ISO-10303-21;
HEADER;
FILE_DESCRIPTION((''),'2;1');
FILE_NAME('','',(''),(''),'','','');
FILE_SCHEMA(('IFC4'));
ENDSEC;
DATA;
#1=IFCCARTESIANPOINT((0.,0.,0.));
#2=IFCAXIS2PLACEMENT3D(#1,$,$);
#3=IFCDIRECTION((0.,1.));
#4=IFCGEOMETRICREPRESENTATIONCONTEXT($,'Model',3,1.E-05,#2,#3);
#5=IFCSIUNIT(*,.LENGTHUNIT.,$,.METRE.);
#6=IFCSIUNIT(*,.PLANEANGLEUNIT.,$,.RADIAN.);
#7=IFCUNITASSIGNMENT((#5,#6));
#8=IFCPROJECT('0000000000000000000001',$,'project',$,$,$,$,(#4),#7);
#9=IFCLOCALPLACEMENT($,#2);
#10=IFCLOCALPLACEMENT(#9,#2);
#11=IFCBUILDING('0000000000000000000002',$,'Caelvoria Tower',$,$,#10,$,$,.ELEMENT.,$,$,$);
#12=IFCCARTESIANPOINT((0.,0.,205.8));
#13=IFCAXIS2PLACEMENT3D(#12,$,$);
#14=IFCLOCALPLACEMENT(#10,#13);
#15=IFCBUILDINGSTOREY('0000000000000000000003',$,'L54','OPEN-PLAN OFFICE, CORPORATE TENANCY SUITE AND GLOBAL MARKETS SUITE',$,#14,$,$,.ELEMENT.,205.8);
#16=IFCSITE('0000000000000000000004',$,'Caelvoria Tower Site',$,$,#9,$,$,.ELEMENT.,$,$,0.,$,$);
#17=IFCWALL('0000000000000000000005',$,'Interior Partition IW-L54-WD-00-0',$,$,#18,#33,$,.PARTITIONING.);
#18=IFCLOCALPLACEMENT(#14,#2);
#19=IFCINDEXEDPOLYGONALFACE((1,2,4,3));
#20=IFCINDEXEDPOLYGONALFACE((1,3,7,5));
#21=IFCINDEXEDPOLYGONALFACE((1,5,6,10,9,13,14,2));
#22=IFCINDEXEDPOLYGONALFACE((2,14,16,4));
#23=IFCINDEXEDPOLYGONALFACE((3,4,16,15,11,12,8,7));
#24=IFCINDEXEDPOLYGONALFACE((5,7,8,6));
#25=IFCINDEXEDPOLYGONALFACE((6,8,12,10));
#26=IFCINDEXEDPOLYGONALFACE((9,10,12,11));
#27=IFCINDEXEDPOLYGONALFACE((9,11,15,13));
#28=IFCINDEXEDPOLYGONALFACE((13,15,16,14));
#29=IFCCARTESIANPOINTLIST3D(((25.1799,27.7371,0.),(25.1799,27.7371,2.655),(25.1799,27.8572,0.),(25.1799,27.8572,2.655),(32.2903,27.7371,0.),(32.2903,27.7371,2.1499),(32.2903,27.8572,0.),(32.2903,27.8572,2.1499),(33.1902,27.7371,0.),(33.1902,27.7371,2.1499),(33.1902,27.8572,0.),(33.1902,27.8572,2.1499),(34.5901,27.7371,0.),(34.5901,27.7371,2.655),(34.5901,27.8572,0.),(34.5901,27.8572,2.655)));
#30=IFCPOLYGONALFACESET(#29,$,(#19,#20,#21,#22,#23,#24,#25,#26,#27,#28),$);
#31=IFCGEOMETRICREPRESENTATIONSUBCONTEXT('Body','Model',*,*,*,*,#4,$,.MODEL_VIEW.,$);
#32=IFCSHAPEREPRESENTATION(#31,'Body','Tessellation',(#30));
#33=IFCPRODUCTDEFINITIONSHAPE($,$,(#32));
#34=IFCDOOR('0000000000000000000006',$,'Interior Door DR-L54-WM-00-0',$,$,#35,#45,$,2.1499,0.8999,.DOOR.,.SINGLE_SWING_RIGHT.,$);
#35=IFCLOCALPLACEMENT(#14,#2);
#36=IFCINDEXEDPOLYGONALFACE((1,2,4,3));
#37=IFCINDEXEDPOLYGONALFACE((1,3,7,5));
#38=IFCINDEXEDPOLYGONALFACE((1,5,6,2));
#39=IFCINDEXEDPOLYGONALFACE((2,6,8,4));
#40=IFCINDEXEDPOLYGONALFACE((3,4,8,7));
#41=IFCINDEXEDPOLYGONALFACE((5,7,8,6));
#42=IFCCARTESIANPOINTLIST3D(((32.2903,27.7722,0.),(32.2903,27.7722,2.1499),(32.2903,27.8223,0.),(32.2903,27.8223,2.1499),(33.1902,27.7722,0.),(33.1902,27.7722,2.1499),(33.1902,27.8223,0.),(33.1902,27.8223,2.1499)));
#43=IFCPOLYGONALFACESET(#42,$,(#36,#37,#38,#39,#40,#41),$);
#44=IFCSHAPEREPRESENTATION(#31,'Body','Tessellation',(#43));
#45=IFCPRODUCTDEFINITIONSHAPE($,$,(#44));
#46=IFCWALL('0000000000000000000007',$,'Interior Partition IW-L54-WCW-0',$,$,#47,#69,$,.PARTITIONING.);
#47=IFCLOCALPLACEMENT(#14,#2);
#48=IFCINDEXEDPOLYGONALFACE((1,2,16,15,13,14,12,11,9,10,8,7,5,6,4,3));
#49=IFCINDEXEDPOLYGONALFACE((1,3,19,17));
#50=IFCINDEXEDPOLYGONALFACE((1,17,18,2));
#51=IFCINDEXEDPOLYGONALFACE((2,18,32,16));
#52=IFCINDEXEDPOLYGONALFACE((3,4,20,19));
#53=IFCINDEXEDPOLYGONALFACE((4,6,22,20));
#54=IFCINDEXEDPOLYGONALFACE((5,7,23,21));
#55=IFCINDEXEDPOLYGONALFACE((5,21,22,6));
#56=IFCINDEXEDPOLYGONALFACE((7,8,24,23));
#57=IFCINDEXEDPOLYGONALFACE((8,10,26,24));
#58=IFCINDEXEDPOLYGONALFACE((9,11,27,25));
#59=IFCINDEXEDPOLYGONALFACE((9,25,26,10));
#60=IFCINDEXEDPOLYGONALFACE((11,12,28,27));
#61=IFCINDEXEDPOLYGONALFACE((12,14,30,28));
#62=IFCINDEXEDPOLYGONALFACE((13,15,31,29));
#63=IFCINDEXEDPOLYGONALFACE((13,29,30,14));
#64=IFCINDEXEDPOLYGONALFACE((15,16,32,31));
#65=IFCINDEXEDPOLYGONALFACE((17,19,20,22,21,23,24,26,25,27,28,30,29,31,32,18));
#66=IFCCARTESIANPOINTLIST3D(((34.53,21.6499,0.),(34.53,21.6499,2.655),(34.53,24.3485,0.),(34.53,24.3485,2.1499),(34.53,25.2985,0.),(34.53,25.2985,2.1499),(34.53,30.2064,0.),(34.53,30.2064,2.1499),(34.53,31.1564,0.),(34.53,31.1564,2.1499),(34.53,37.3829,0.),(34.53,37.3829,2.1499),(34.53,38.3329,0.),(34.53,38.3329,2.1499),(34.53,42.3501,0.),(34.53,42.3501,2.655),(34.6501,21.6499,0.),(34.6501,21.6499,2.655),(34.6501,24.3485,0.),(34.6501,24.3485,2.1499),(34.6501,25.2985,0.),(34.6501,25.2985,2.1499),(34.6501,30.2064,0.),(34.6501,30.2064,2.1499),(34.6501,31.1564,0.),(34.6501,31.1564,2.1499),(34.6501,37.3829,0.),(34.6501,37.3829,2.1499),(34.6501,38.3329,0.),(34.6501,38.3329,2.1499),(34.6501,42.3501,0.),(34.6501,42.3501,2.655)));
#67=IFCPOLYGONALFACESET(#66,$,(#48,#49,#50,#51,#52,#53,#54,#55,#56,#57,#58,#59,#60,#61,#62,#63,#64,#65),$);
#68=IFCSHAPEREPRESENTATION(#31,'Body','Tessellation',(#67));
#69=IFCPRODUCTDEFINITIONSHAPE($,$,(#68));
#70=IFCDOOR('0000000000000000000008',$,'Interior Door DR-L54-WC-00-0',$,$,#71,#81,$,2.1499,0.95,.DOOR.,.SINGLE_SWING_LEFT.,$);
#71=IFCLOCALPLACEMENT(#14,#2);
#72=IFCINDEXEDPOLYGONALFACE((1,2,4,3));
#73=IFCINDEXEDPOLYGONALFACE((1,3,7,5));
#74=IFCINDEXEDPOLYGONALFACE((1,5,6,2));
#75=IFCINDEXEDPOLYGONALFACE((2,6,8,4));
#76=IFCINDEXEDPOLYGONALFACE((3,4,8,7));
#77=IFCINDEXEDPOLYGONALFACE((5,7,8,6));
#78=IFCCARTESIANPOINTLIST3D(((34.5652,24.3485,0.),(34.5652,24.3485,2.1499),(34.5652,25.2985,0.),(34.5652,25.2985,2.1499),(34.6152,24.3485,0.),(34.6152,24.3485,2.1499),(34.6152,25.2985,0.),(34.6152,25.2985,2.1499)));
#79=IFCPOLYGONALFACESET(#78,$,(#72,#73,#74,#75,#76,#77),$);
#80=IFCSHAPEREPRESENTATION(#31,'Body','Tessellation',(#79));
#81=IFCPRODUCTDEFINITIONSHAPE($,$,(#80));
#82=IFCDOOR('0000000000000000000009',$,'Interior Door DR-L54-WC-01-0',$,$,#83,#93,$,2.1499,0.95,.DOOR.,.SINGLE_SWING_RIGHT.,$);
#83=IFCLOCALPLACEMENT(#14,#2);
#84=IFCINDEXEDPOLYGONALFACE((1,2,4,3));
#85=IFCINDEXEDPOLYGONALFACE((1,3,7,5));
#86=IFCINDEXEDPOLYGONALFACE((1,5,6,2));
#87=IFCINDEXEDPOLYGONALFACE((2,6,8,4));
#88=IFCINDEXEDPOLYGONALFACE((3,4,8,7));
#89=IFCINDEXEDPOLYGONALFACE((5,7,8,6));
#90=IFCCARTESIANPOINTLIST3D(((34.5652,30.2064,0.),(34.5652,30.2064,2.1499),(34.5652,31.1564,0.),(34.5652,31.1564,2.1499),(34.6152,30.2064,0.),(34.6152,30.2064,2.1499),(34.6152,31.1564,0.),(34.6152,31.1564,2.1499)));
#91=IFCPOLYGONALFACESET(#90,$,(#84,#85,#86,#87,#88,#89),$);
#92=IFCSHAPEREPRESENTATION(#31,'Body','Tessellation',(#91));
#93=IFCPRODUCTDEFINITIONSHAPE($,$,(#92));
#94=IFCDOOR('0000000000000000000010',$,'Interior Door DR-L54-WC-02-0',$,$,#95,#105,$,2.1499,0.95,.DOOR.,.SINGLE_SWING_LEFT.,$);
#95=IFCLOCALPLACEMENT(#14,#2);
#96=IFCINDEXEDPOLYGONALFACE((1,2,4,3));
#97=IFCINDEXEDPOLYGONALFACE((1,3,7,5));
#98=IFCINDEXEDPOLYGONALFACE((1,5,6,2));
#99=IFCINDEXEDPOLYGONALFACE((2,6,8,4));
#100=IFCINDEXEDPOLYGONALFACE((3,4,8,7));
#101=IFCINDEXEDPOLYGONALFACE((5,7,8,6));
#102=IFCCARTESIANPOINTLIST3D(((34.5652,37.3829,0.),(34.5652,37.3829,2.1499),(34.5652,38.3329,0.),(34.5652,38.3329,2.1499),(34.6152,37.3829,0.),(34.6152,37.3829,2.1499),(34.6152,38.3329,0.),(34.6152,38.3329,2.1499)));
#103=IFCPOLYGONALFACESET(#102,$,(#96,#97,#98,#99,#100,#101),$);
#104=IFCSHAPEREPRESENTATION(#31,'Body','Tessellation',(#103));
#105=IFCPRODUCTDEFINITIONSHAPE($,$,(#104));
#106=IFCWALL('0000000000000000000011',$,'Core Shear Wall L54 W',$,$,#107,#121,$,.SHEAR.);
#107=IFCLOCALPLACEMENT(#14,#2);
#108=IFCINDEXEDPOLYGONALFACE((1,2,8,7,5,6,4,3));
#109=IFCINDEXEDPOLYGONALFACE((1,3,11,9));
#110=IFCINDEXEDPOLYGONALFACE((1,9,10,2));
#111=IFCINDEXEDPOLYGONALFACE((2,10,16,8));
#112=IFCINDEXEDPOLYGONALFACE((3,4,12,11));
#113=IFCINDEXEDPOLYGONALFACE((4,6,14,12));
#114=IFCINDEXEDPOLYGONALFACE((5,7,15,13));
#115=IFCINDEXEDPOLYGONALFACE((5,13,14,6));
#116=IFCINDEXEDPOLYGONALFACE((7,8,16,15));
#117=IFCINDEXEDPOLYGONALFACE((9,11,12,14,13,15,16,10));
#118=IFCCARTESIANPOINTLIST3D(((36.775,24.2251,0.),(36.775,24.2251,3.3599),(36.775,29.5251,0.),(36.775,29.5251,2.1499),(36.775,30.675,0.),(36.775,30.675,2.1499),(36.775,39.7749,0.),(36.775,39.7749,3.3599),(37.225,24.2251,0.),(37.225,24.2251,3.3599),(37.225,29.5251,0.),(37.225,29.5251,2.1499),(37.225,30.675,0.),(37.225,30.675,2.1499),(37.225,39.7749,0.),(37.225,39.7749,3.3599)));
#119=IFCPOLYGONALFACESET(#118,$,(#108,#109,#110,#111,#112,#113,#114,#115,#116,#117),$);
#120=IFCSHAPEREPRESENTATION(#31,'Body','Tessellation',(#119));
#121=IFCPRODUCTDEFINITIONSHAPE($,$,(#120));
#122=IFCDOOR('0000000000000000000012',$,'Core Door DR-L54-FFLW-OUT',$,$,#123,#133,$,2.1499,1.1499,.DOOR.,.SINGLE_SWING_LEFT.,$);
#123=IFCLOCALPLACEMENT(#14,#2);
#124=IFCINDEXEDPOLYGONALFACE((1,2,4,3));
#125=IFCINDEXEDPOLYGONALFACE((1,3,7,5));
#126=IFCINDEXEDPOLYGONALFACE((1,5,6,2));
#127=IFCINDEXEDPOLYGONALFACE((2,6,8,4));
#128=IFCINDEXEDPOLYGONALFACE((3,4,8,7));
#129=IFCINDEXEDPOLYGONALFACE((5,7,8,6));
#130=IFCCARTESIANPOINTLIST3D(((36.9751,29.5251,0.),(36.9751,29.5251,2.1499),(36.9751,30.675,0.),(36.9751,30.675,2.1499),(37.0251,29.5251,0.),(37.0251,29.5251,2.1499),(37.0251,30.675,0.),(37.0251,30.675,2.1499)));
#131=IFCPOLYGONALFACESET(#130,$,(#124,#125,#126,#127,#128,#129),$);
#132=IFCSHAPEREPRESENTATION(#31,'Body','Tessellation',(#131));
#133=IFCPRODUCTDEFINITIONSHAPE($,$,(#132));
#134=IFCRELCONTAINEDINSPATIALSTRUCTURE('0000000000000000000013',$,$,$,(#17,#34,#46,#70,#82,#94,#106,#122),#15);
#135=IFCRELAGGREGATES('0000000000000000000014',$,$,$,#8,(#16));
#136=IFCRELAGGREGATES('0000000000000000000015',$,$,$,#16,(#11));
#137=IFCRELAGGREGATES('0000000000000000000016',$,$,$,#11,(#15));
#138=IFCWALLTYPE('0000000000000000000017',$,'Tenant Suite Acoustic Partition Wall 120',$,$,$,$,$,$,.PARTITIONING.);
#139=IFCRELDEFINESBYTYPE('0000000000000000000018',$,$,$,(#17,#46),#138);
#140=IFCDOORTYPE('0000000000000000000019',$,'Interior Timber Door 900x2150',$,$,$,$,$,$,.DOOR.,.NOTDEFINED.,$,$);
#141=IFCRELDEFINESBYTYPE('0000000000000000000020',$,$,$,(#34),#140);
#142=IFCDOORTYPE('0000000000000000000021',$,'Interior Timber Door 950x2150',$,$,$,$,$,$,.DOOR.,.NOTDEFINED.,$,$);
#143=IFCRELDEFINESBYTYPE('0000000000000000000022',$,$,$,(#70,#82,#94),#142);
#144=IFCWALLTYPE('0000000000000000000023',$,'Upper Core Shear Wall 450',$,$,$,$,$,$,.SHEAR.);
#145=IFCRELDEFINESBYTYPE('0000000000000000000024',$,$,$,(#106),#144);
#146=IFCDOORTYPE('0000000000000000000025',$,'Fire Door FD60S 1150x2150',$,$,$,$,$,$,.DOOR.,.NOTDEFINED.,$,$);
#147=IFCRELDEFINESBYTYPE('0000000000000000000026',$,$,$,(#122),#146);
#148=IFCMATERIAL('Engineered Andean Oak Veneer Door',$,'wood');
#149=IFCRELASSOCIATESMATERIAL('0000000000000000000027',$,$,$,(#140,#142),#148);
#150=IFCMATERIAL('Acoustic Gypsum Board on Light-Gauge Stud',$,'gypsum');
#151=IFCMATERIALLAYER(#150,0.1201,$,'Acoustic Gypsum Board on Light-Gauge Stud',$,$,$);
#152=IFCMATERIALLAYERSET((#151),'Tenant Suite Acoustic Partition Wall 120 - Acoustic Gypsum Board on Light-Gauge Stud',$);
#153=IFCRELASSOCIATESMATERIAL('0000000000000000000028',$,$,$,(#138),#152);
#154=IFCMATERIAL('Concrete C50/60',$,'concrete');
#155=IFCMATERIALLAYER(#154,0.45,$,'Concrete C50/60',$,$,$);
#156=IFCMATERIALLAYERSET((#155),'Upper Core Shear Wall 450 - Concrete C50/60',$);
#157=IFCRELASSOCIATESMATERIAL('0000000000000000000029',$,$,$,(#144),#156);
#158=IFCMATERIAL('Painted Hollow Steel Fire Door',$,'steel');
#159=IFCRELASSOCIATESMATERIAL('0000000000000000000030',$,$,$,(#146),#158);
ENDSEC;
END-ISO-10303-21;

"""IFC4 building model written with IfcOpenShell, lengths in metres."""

from ifc_helpers import new_model, si_unit, direction, frame, frame_2d, origin, place, context, subcontext, project, spatial, rectangle, extrude, material, layer, layer_set, type_object, element, fill, save


model = new_model("IFC4")

# Units and contexts
model_context = context("Model", 3, precision=1e-05, world=origin(), true_north=direction((0.0, 1.0)))
body_context = subcontext(model_context, "Body", "Model", "MODEL_VIEW")
ifc_project = project(units=[si_unit("LENGTHUNIT", "METRE"), si_unit("PLANEANGLEUNIT", "RADIAN")], contexts=[model_context])

# Site, building, storey
site_placement = place(None, origin())
site = spatial("IfcSite", under=ifc_project, at=site_placement, Name="Caelvoria Tower Site", CompositionType="ELEMENT", RefElevation=0.0)
building_placement = place(site_placement, origin())
building = spatial("IfcBuilding", under=site, at=building_placement, Name="Caelvoria Tower", CompositionType="ELEMENT")
storey_placement = place(building_placement, frame((0.0, 0.0, 205.8)))
storey = spatial("IfcBuildingStorey", under=building, at=storey_placement, Name="L54", Description="OPEN-PLAN OFFICE, CORPORATE TENANCY SUITE AND GLOBAL MARKETS SUITE", CompositionType="ELEMENT", Elevation=205.8)

# Shared definitions
ifc_material_1 = material(Name="Concrete C50/60", Category="concrete")
ifc_material_2 = material(Name="Painted Hollow Steel Fire Door", Category="steel")

# Shared definitions
ifc_material_3 = material(Name="Engineered Andean Oak Veneer Door", Category="wood")
door_type_1 = type_object("IfcDoorType", Name="Interior Timber Door 900x2150", OperationType="NOTDEFINED", PredefinedType="DOOR", material=ifc_material_3)

# Wall, opening, door
ifc_material_4 = material(Name="Acoustic Gypsum Board on Light-Gauge Stud", Category="gypsum")
ifc_layer_1 = layer(ifc_material_4, 0.1201, Name="Acoustic Gypsum Board on Light-Gauge Stud")
ifc_layer_set_1 = layer_set([ifc_layer_1], Name="Tenant Suite Acoustic Partition Wall 120 - Acoustic Gypsum Board on Light-Gauge Stud")
wall_type_1 = type_object("IfcWallType", Name="Tenant Suite Acoustic Partition Wall 120", PredefinedType="PARTITIONING", material=ifc_layer_set_1)
wall_1_placement = place(storey_placement, frame((34.5901, 27.7971, 0.0), z_axis=(0.0, 0.0, 1.0), x_axis=(-1.0, 0.0, 0.0)))
wall_1 = element("IfcWall", 1, at=wall_1_placement, inside=storey, type_object=wall_type_1, Name="Interior Partition IW-L54-WD-00-0", PredefinedType="PARTITIONING", context=body_context, shape_type="SweptSolid", body=[
    extrude(rectangle(XDim=9.4102, YDim=0.1201, at=frame_2d((4.7051, 0.0))), origin(), (0.0, 0.0, 1.0), 2.655),
])
opening_1_placement = place(wall_1_placement, frame((1.3999, 0.0, 0.0)))
opening_1 = element("IfcOpeningElement", 2, at=opening_1_placement, cuts=wall_1, PredefinedType="OPENING", context=body_context, shape_type="SweptSolid", body=[
    extrude(rectangle(XDim=0.8999, YDim=2.1499, at=frame_2d((0.45, 1.075))), frame((0.0, 0.0701, 0.0), z_axis=(0.0, -1.0, 0.0), x_axis=(1.0, 0.0, 0.0)), (0.0, 0.0, 1.0), 0.1401),
])
door_1_placement = place(opening_1_placement, origin())
door_1 = element("IfcDoor", 3, at=door_1_placement, inside=storey, type_object=door_type_1, Name="Interior Door DR-L54-WM-00-0", OperationType="SINGLE_SWING_RIGHT", OverallHeight=2.1499, OverallWidth=0.8999, PredefinedType="DOOR", context=body_context, shape_type="SweptSolid", body=[
    extrude(rectangle(XDim=0.8999, YDim=2.1499, at=frame_2d((0.45, 1.075))), frame((0.0, 0.0249, 0.0), z_axis=(0.0, -1.0, 0.0), x_axis=(1.0, 0.0, 0.0)), (0.0, 0.0, 1.0), 0.05),
])
fill(opening_1, door_1)

# Wall, openings, doors
wall_2_placement = place(storey_placement, frame((34.5901, 21.6499, 0.0), z_axis=(0.0, 0.0, 1.0), x_axis=(0.0, 1.0, 0.0)))
wall_2 = element("IfcWall", 4, at=wall_2_placement, inside=storey, type_object=wall_type_1, Name="Interior Partition IW-L54-WCW-0", PredefinedType="PARTITIONING", context=body_context, shape_type="SweptSolid", body=[
    extrude(rectangle(XDim=20.7002, YDim=0.1201, at=frame_2d((10.3501, 0.0))), origin(), (0.0, 0.0, 1.0), 2.655),
])
opening_2_placement = place(wall_2_placement, frame((2.6985, 0.0, 0.0)))
opening_2 = element("IfcOpeningElement", 5, at=opening_2_placement, cuts=wall_2, PredefinedType="OPENING", context=body_context, shape_type="SweptSolid", body=[
    extrude(rectangle(XDim=0.95, YDim=2.1499, at=frame_2d((0.4751, 1.075))), frame((0.0, 0.0701, 0.0), z_axis=(0.0, -1.0, 0.0), x_axis=(1.0, 0.0, 0.0)), (0.0, 0.0, 1.0), 0.1401),
])
opening_3_placement = place(wall_2_placement, frame((8.5564, 0.0, 0.0)))
opening_3 = element("IfcOpeningElement", 6, at=opening_3_placement, cuts=wall_2, PredefinedType="OPENING", context=body_context, shape_type="SweptSolid", body=[
    extrude(rectangle(XDim=0.95, YDim=2.1499, at=frame_2d((0.4751, 1.075))), frame((0.0, 0.0701, 0.0), z_axis=(0.0, -1.0, 0.0), x_axis=(1.0, 0.0, 0.0)), (0.0, 0.0, 1.0), 0.1401),
])
opening_4_placement = place(wall_2_placement, frame((15.7329, 0.0, 0.0)))
opening_4 = element("IfcOpeningElement", 7, at=opening_4_placement, cuts=wall_2, PredefinedType="OPENING", context=body_context, shape_type="SweptSolid", body=[
    extrude(rectangle(XDim=0.95, YDim=2.1499, at=frame_2d((0.4751, 1.075))), frame((0.0, 0.0701, 0.0), z_axis=(0.0, -1.0, 0.0), x_axis=(1.0, 0.0, 0.0)), (0.0, 0.0, 1.0), 0.1401),
])
door_type_2 = type_object("IfcDoorType", Name="Interior Timber Door 950x2150", OperationType="NOTDEFINED", PredefinedType="DOOR", material=ifc_material_3)
door_2_placement = place(opening_2_placement, origin())
door_2 = element("IfcDoor", 8, at=door_2_placement, inside=storey, type_object=door_type_2, Name="Interior Door DR-L54-WC-00-0", OperationType="SINGLE_SWING_LEFT", OverallHeight=2.1499, OverallWidth=0.95, PredefinedType="DOOR", context=body_context, shape_type="SweptSolid", body=[
    extrude(rectangle(XDim=0.95, YDim=2.1499, at=frame_2d((0.4751, 1.075))), frame((0.0, 0.0249, 0.0), z_axis=(0.0, -1.0, 0.0), x_axis=(1.0, 0.0, 0.0)), (0.0, 0.0, 1.0), 0.05),
])
fill(opening_2, door_2)
door_3_placement = place(opening_3_placement, origin())
door_3 = element("IfcDoor", 9, at=door_3_placement, inside=storey, type_object=door_type_2, Name="Interior Door DR-L54-WC-01-0", OperationType="SINGLE_SWING_RIGHT", OverallHeight=2.1499, OverallWidth=0.95, PredefinedType="DOOR", context=body_context, shape_type="SweptSolid", body=[
    extrude(rectangle(XDim=0.95, YDim=2.1499, at=frame_2d((0.4751, 1.075))), frame((0.0, 0.0249, 0.0), z_axis=(0.0, -1.0, 0.0), x_axis=(1.0, 0.0, 0.0)), (0.0, 0.0, 1.0), 0.05),
])
fill(opening_3, door_3)
door_4_placement = place(opening_4_placement, origin())
door_4 = element("IfcDoor", 10, at=door_4_placement, inside=storey, type_object=door_type_2, Name="Interior Door DR-L54-WC-02-0", OperationType="SINGLE_SWING_LEFT", OverallHeight=2.1499, OverallWidth=0.95, PredefinedType="DOOR", context=body_context, shape_type="SweptSolid", body=[
    extrude(rectangle(XDim=0.95, YDim=2.1499, at=frame_2d((0.4751, 1.075))), frame((0.0, 0.0249, 0.0), z_axis=(0.0, -1.0, 0.0), x_axis=(1.0, 0.0, 0.0)), (0.0, 0.0, 1.0), 0.05),
])
fill(opening_4, door_4)

# Wall, opening, door
ifc_layer_2 = layer(ifc_material_1, 0.45, Name="Concrete C50/60")
ifc_layer_set_2 = layer_set([ifc_layer_2], Name="Upper Core Shear Wall 450 - Concrete C50/60")
wall_type_2 = type_object("IfcWallType", Name="Upper Core Shear Wall 450", PredefinedType="SHEAR", material=ifc_layer_set_2)
wall_3_placement = place(storey_placement, frame((37.0, 24.2251, 0.0), z_axis=(0.0, 0.0, 1.0), x_axis=(0.0, 1.0, 0.0)))
wall_3 = element("IfcWall", 11, at=wall_3_placement, inside=storey, type_object=wall_type_2, Name="Core Shear Wall L54 W", PredefinedType="SHEAR", context=body_context, shape_type="SweptSolid", body=[
    extrude(rectangle(XDim=15.5498, YDim=0.45, at=frame_2d((7.7749, 0.0))), origin(), (0.0, 0.0, 1.0), 3.3599),
])
opening_5_placement = place(wall_3_placement, frame((5.3, 0.0, 0.0)))
opening_5 = element("IfcOpeningElement", 12, at=opening_5_placement, cuts=wall_3, PredefinedType="OPENING", context=body_context, shape_type="SweptSolid", body=[
    extrude(rectangle(XDim=1.1499, YDim=2.1499, at=frame_2d((0.575, 1.075))), frame((0.0, 0.2349, 0.0), z_axis=(0.0, -1.0, 0.0), x_axis=(1.0, 0.0, 0.0)), (0.0, 0.0, 1.0), 0.47),
])
door_type_3 = type_object("IfcDoorType", Name="Fire Door FD60S 1150x2150", OperationType="NOTDEFINED", PredefinedType="DOOR", material=ifc_material_2)
door_5_placement = place(opening_5_placement, origin())
door_5 = element("IfcDoor", 13, at=door_5_placement, inside=storey, type_object=door_type_3, Name="Core Door DR-L54-FFLW-OUT", OperationType="SINGLE_SWING_LEFT", OverallHeight=2.1499, OverallWidth=1.1499, PredefinedType="DOOR", context=body_context, shape_type="SweptSolid", body=[
    extrude(rectangle(XDim=1.1499, YDim=2.1499, at=frame_2d((0.575, 1.075))), frame((0.0, 0.0249, 0.0), z_axis=(0.0, -1.0, 0.0), x_axis=(1.0, 0.0, 0.0)), (0.0, 0.0, 1.0), 0.05),
])
fill(opening_5, door_5)

save(model, "model.ifc")
